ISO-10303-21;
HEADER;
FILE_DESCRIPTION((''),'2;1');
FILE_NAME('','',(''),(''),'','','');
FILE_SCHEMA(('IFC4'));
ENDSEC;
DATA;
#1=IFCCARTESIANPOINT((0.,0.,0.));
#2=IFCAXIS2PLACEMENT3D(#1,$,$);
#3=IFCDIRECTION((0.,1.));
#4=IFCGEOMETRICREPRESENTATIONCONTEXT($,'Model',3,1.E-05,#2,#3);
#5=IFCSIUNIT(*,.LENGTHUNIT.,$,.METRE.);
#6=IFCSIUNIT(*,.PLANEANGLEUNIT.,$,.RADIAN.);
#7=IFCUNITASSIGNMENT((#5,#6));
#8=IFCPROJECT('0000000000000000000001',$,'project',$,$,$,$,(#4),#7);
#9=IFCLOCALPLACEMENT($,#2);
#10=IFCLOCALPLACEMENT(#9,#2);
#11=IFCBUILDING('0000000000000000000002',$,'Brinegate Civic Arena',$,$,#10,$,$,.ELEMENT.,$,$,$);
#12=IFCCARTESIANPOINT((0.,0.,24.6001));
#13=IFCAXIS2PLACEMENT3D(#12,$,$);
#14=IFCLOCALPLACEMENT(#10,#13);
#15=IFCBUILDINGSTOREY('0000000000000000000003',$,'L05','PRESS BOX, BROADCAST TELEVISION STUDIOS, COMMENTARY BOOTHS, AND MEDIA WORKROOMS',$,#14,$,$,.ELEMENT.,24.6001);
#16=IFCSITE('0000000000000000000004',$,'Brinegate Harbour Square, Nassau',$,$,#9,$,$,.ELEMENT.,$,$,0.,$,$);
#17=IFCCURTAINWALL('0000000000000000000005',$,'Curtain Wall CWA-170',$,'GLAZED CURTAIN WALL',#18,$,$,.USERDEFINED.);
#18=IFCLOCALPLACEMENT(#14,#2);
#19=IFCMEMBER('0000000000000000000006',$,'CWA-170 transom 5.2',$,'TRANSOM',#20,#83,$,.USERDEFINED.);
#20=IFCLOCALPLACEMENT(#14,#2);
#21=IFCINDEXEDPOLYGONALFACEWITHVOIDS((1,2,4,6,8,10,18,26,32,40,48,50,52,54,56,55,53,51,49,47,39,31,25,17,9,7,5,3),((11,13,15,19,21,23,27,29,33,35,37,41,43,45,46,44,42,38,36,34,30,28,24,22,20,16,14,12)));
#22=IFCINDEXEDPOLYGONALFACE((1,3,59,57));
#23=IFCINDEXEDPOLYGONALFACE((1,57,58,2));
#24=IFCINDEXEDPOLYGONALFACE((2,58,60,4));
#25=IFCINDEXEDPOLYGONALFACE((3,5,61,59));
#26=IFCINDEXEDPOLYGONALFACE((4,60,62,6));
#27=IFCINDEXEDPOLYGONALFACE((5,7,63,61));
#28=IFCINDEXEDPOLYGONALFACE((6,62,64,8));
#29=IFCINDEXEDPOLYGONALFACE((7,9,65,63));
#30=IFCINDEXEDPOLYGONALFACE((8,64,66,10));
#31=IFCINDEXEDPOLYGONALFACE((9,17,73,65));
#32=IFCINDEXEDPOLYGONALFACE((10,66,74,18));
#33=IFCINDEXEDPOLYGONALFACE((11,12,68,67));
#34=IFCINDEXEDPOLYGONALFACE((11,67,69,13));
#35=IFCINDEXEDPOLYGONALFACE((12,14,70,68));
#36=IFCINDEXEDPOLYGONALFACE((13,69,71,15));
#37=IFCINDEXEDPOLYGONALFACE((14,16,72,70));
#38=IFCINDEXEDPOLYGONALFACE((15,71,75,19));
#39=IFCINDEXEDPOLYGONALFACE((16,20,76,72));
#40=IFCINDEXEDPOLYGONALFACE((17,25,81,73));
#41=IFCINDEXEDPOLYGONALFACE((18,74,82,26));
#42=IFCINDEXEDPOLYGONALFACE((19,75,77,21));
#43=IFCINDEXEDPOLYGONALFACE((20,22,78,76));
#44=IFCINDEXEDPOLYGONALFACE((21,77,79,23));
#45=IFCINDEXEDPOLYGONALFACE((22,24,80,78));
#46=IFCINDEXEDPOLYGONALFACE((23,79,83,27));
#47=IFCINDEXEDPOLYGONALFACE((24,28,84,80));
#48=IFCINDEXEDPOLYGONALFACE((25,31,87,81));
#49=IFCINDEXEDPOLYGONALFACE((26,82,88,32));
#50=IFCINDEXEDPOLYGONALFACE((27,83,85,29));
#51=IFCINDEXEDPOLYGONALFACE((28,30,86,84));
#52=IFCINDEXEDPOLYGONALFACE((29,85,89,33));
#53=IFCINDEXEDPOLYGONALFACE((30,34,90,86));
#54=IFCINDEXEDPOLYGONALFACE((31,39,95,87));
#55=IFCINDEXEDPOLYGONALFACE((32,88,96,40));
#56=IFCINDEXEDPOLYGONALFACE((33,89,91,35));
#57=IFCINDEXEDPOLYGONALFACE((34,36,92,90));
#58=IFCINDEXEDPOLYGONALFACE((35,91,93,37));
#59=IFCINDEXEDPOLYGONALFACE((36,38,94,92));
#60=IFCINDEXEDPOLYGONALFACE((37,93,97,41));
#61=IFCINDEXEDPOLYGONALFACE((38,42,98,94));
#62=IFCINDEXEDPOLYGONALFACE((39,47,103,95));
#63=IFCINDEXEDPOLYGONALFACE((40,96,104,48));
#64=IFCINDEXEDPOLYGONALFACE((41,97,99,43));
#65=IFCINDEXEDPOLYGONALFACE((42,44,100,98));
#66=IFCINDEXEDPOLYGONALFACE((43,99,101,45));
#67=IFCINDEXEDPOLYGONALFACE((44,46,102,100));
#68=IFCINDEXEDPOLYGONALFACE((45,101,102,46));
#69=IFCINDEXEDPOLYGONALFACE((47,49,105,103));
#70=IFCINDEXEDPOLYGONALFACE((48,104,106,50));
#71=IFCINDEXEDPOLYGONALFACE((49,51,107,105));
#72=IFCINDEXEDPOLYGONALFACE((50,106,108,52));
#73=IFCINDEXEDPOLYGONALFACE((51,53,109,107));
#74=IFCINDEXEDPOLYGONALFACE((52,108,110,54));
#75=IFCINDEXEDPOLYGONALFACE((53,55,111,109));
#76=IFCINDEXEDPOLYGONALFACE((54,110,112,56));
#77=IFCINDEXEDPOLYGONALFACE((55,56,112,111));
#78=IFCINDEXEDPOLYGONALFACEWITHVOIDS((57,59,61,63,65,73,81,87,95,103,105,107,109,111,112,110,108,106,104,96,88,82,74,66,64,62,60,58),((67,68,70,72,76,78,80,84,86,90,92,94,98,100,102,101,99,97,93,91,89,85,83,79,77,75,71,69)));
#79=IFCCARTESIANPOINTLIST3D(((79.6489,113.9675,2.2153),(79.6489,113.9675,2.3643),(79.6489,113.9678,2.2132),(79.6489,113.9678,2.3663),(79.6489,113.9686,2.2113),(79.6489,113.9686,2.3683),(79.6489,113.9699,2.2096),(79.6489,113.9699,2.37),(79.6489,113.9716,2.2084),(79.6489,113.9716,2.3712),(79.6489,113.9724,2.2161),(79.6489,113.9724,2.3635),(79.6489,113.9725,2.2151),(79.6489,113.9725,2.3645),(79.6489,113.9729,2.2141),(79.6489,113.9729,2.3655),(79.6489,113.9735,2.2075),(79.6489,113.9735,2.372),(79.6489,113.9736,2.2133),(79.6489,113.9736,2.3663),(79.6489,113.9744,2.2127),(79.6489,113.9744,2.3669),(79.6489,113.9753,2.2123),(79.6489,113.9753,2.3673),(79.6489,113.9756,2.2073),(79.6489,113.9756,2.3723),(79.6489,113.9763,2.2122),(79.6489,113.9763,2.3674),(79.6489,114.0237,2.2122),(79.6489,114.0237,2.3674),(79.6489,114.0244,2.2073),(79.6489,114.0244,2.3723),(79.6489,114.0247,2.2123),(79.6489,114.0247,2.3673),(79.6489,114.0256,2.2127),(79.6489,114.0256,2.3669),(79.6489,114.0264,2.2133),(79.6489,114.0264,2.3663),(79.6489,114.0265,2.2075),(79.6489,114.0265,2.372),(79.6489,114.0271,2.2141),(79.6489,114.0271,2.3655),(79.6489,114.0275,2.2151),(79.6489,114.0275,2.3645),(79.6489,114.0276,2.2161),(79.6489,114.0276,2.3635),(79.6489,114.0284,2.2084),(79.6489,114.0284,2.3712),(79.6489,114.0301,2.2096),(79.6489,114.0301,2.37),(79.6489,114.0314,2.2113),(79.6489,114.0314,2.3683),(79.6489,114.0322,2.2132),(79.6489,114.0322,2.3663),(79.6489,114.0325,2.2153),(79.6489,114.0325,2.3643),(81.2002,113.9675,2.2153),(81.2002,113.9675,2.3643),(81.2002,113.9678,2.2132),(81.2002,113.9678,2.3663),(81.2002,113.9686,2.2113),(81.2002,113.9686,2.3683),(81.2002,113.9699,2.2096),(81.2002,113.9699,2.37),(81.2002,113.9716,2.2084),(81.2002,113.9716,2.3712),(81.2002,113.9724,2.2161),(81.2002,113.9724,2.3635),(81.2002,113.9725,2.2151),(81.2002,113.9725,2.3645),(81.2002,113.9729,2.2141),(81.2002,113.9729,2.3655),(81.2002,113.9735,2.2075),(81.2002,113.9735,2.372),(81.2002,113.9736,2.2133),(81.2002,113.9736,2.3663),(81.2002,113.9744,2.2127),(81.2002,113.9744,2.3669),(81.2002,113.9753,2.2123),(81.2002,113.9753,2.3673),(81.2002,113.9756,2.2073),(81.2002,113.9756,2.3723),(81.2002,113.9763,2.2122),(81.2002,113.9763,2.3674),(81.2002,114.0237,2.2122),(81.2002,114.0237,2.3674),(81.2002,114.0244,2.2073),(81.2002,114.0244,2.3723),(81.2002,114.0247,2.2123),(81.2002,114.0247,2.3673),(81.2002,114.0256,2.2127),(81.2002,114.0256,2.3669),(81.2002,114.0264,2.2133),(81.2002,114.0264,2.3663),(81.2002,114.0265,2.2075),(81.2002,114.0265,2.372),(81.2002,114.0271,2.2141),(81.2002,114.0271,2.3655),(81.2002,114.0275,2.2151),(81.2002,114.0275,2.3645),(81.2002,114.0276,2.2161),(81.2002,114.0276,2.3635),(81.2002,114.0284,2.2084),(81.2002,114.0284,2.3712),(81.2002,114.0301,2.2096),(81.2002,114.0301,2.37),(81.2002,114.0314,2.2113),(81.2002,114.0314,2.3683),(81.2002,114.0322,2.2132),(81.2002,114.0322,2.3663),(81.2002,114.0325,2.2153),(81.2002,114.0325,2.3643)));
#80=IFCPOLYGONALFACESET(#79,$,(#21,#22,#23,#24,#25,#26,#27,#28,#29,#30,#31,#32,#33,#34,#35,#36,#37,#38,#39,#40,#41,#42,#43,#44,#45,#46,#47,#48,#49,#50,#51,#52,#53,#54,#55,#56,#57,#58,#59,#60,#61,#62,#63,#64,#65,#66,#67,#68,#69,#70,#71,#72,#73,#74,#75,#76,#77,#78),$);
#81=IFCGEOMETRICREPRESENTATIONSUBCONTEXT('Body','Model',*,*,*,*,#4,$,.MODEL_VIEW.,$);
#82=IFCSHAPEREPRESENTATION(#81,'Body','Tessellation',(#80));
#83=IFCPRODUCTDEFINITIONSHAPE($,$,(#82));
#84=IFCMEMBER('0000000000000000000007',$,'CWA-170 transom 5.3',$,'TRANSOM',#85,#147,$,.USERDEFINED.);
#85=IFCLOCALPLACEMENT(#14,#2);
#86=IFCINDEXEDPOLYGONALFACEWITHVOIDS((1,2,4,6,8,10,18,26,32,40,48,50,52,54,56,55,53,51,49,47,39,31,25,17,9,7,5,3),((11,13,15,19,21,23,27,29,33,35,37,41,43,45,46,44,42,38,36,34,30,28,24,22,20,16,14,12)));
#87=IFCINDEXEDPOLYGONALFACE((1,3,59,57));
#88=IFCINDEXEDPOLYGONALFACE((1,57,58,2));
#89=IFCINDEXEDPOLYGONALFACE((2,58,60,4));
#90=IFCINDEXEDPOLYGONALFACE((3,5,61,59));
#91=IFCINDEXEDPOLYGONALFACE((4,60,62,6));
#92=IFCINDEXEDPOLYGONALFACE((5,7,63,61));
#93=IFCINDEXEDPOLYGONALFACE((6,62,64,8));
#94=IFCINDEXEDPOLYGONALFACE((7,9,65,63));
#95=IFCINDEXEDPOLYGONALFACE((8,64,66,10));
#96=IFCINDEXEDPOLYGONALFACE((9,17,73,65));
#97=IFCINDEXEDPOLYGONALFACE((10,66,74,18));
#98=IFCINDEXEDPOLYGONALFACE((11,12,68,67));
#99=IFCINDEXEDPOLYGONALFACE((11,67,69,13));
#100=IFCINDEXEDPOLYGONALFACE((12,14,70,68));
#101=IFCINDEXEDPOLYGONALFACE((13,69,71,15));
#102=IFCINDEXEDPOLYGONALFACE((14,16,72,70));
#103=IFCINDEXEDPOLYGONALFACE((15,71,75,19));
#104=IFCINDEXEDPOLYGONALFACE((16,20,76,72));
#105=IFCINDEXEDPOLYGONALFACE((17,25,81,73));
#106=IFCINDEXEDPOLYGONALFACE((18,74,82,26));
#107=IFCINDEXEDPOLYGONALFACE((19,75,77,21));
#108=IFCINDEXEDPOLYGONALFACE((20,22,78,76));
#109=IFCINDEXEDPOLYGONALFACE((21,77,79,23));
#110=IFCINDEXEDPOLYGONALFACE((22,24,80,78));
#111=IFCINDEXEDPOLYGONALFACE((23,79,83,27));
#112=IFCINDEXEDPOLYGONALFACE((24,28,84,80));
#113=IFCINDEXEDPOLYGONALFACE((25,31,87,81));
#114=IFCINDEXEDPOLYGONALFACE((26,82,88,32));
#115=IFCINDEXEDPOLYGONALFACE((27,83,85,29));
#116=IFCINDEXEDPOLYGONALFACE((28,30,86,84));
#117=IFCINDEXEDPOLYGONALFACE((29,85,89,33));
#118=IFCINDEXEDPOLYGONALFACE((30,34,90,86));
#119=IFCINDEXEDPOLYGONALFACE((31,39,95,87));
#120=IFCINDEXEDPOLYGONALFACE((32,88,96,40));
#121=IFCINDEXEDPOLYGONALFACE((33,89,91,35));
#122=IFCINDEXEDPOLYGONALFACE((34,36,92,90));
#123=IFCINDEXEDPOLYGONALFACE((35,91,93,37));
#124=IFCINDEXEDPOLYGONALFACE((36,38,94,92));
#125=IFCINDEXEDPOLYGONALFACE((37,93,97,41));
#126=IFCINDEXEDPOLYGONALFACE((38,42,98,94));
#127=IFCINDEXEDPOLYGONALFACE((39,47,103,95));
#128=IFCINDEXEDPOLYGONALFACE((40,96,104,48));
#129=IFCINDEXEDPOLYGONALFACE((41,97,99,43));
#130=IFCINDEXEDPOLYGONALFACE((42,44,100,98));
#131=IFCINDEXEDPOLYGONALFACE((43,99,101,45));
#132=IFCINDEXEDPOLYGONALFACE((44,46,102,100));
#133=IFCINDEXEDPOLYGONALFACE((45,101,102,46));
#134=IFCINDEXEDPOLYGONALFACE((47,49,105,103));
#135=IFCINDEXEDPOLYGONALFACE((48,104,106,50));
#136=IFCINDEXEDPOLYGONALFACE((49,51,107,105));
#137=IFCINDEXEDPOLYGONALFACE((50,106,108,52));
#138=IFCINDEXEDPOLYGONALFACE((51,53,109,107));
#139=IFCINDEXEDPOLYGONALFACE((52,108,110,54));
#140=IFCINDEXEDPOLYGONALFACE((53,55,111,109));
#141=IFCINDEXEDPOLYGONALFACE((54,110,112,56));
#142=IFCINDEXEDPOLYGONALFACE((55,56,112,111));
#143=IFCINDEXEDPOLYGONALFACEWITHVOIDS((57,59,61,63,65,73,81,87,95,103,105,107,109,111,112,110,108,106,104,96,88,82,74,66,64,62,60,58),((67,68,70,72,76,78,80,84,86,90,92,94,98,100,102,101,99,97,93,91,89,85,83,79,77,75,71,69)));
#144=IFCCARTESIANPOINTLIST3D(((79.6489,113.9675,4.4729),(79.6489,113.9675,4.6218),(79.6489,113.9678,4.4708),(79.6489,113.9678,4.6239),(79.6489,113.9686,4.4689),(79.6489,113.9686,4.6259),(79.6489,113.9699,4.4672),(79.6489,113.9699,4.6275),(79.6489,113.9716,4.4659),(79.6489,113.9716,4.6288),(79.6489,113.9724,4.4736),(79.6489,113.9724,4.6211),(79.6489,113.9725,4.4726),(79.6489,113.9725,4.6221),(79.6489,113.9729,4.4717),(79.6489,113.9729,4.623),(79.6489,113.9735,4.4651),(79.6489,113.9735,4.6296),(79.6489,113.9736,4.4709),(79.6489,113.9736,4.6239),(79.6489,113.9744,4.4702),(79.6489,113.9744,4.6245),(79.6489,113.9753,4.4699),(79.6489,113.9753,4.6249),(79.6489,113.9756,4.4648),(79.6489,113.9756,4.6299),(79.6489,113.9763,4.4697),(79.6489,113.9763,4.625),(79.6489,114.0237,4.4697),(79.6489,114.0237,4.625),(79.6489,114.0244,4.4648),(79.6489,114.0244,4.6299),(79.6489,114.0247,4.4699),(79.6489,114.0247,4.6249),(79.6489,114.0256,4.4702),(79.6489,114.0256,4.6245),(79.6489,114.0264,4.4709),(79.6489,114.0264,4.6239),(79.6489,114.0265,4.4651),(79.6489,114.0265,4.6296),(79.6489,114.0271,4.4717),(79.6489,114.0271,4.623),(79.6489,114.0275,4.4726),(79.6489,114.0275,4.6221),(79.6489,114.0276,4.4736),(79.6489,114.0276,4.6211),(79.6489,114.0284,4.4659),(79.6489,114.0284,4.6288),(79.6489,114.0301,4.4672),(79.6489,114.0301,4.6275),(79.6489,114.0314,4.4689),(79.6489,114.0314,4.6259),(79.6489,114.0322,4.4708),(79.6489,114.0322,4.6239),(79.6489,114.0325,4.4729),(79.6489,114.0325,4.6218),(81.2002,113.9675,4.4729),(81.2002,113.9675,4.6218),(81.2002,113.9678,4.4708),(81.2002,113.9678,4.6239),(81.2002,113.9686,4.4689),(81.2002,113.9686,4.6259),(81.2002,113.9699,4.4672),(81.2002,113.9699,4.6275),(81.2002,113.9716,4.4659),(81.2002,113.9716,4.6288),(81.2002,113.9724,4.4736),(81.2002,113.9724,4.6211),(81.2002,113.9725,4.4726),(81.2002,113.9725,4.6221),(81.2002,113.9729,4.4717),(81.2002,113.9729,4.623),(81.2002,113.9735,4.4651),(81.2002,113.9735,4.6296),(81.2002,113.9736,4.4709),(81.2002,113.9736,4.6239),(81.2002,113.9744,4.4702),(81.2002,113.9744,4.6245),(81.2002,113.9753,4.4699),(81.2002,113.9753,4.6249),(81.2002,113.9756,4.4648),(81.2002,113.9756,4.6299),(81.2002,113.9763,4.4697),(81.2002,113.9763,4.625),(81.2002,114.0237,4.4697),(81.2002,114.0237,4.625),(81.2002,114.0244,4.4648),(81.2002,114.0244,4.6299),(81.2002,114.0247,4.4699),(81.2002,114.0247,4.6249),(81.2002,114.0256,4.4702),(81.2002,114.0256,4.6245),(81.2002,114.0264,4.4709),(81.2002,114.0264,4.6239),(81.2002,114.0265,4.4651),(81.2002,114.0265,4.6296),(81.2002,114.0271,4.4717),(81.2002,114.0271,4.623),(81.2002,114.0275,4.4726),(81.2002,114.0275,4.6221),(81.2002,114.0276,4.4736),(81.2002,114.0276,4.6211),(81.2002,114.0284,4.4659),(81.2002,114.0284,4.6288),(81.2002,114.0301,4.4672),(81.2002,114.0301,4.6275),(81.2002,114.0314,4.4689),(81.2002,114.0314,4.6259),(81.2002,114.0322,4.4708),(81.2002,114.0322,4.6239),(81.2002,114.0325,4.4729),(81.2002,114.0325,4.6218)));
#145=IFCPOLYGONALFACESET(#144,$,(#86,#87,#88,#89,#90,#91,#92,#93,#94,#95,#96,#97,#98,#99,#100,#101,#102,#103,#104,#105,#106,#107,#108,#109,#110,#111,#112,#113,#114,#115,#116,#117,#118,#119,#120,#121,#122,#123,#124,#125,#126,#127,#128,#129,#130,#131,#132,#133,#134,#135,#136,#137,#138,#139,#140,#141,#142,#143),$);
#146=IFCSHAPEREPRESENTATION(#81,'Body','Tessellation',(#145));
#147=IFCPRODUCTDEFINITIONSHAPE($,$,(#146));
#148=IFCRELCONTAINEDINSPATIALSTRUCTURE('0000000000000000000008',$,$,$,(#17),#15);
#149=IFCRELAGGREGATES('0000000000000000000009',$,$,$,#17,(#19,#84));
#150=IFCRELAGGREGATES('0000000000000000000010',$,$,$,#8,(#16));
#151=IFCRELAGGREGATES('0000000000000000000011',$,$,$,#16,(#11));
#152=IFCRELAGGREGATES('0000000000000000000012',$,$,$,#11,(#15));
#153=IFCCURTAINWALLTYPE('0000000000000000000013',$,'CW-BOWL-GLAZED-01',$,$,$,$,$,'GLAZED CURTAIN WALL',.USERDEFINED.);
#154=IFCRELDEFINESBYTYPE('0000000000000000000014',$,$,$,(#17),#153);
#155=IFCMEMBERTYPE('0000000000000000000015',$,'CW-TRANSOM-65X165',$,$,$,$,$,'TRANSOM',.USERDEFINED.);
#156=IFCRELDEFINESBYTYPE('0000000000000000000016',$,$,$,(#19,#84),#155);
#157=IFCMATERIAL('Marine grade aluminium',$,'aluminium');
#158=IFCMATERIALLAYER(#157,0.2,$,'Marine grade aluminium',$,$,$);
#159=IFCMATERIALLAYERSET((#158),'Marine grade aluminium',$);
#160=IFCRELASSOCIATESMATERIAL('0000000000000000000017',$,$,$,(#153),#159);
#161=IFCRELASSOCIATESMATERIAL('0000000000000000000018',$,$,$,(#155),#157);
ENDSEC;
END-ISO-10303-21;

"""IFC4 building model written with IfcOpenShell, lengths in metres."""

from ifc_helpers import new_model, si_unit, direction, frame, origin, origin_2d, place, context, subcontext, project, spatial, hollow_rectangle, extrude, material, layer, layer_set, material_profile, profile_set, type_object, element, aggregate, save


model = new_model("IFC4")

# Units and contexts
model_context = context("Model", 3, precision=1e-05, world=origin(), true_north=direction((0.0, 1.0)))
body_context = subcontext(model_context, "Body", "Model", "MODEL_VIEW")
ifc_project = project(units=[si_unit("LENGTHUNIT", "METRE"), si_unit("PLANEANGLEUNIT", "RADIAN")], contexts=[model_context])

# Site, building, storey
site_placement = place(None, origin())
site = spatial("IfcSite", under=ifc_project, at=site_placement, Name="Brinegate Harbour Square, Nassau", CompositionType="ELEMENT", RefElevation=0.0)
building_placement = place(site_placement, origin())
building = spatial("IfcBuilding", under=site, at=building_placement, Name="Brinegate Civic Arena", CompositionType="ELEMENT")
storey_placement = place(building_placement, frame((0.0, 0.0, 24.6001)))
storey = spatial("IfcBuildingStorey", under=building, at=storey_placement, Name="L05", Description="PRESS BOX, BROADCAST TELEVISION STUDIOS, COMMENTARY BOOTHS, AND MEDIA WORKROOMS", CompositionType="ELEMENT", Elevation=24.6001)

# Curtain wall, members
ifc_material_1 = material(Name="Marine grade aluminium", Category="aluminium")
ifc_layer_1 = layer(ifc_material_1, 0.2, Name="Marine grade aluminium")
ifc_layer_set_1 = layer_set([ifc_layer_1], Name="Marine grade aluminium")
curtain_wall_type = type_object("IfcCurtainWallType", Name="CW-BOWL-GLAZED-01", ElementType="GLAZED CURTAIN WALL", PredefinedType="USERDEFINED", material=ifc_layer_set_1)
curtain_wall_placement = place(storey_placement, origin())
curtain_wall = element("IfcCurtainWall", 1, at=curtain_wall_placement, inside=storey, type_object=curtain_wall_type, Name="Curtain Wall CWA-170", ObjectType="GLAZED CURTAIN WALL", PredefinedType="USERDEFINED")
ifc_material_profile_1 = material_profile(ifc_material_1, hollow_rectangle(XDim=0.0649, YDim=0.165, WallThickness=0.0049, InnerFilletRadius=0.0039, OuterFilletRadius=0.0081, at=origin_2d()), Name="TRN65X165")
ifc_profile_set_1 = profile_set([ifc_material_profile_1], Name="Marine grade aluminium")
member_type_1 = type_object("IfcMemberType", Name="CW-TRANSOM-65X165", ElementType="TRANSOM", PredefinedType="USERDEFINED", material=ifc_profile_set_1)
member_1_placement = place(storey_placement, frame((79.6489, 114.0, 2.2898), z_axis=(1.0, 0.0, 0.0), x_axis=(0.0, 1.0, 0.0)))
member_1 = element("IfcMember", 2, at=member_1_placement, type_object=member_type_1, Name="CWA-170 transom 5.2", ObjectType="TRANSOM", PredefinedType="USERDEFINED", context=body_context, shape_type="SweptSolid", body=[
    extrude(hollow_rectangle(XDim=0.0649, YDim=0.165, WallThickness=0.0049, InnerFilletRadius=0.0039, OuterFilletRadius=0.0081, at=origin_2d()), origin(), (0.0, 0.0, 1.0), 1.5513),
])
member_2_placement = place(storey_placement, frame((79.6489, 114.0, 4.5474), z_axis=(1.0, 0.0, 0.0), x_axis=(0.0, 1.0, 0.0)))
member_2 = element("IfcMember", 3, at=member_2_placement, type_object=member_type_1, Name="CWA-170 transom 5.3", ObjectType="TRANSOM", PredefinedType="USERDEFINED", context=body_context, shape_type="SweptSolid", body=[
    extrude(hollow_rectangle(XDim=0.0649, YDim=0.165, WallThickness=0.0049, InnerFilletRadius=0.0039, OuterFilletRadius=0.0081, at=origin_2d()), origin(), (0.0, 0.0, 1.0), 1.5513),
])
aggregate(curtain_wall, [member_1, member_2])

save(model, "model.ifc")
